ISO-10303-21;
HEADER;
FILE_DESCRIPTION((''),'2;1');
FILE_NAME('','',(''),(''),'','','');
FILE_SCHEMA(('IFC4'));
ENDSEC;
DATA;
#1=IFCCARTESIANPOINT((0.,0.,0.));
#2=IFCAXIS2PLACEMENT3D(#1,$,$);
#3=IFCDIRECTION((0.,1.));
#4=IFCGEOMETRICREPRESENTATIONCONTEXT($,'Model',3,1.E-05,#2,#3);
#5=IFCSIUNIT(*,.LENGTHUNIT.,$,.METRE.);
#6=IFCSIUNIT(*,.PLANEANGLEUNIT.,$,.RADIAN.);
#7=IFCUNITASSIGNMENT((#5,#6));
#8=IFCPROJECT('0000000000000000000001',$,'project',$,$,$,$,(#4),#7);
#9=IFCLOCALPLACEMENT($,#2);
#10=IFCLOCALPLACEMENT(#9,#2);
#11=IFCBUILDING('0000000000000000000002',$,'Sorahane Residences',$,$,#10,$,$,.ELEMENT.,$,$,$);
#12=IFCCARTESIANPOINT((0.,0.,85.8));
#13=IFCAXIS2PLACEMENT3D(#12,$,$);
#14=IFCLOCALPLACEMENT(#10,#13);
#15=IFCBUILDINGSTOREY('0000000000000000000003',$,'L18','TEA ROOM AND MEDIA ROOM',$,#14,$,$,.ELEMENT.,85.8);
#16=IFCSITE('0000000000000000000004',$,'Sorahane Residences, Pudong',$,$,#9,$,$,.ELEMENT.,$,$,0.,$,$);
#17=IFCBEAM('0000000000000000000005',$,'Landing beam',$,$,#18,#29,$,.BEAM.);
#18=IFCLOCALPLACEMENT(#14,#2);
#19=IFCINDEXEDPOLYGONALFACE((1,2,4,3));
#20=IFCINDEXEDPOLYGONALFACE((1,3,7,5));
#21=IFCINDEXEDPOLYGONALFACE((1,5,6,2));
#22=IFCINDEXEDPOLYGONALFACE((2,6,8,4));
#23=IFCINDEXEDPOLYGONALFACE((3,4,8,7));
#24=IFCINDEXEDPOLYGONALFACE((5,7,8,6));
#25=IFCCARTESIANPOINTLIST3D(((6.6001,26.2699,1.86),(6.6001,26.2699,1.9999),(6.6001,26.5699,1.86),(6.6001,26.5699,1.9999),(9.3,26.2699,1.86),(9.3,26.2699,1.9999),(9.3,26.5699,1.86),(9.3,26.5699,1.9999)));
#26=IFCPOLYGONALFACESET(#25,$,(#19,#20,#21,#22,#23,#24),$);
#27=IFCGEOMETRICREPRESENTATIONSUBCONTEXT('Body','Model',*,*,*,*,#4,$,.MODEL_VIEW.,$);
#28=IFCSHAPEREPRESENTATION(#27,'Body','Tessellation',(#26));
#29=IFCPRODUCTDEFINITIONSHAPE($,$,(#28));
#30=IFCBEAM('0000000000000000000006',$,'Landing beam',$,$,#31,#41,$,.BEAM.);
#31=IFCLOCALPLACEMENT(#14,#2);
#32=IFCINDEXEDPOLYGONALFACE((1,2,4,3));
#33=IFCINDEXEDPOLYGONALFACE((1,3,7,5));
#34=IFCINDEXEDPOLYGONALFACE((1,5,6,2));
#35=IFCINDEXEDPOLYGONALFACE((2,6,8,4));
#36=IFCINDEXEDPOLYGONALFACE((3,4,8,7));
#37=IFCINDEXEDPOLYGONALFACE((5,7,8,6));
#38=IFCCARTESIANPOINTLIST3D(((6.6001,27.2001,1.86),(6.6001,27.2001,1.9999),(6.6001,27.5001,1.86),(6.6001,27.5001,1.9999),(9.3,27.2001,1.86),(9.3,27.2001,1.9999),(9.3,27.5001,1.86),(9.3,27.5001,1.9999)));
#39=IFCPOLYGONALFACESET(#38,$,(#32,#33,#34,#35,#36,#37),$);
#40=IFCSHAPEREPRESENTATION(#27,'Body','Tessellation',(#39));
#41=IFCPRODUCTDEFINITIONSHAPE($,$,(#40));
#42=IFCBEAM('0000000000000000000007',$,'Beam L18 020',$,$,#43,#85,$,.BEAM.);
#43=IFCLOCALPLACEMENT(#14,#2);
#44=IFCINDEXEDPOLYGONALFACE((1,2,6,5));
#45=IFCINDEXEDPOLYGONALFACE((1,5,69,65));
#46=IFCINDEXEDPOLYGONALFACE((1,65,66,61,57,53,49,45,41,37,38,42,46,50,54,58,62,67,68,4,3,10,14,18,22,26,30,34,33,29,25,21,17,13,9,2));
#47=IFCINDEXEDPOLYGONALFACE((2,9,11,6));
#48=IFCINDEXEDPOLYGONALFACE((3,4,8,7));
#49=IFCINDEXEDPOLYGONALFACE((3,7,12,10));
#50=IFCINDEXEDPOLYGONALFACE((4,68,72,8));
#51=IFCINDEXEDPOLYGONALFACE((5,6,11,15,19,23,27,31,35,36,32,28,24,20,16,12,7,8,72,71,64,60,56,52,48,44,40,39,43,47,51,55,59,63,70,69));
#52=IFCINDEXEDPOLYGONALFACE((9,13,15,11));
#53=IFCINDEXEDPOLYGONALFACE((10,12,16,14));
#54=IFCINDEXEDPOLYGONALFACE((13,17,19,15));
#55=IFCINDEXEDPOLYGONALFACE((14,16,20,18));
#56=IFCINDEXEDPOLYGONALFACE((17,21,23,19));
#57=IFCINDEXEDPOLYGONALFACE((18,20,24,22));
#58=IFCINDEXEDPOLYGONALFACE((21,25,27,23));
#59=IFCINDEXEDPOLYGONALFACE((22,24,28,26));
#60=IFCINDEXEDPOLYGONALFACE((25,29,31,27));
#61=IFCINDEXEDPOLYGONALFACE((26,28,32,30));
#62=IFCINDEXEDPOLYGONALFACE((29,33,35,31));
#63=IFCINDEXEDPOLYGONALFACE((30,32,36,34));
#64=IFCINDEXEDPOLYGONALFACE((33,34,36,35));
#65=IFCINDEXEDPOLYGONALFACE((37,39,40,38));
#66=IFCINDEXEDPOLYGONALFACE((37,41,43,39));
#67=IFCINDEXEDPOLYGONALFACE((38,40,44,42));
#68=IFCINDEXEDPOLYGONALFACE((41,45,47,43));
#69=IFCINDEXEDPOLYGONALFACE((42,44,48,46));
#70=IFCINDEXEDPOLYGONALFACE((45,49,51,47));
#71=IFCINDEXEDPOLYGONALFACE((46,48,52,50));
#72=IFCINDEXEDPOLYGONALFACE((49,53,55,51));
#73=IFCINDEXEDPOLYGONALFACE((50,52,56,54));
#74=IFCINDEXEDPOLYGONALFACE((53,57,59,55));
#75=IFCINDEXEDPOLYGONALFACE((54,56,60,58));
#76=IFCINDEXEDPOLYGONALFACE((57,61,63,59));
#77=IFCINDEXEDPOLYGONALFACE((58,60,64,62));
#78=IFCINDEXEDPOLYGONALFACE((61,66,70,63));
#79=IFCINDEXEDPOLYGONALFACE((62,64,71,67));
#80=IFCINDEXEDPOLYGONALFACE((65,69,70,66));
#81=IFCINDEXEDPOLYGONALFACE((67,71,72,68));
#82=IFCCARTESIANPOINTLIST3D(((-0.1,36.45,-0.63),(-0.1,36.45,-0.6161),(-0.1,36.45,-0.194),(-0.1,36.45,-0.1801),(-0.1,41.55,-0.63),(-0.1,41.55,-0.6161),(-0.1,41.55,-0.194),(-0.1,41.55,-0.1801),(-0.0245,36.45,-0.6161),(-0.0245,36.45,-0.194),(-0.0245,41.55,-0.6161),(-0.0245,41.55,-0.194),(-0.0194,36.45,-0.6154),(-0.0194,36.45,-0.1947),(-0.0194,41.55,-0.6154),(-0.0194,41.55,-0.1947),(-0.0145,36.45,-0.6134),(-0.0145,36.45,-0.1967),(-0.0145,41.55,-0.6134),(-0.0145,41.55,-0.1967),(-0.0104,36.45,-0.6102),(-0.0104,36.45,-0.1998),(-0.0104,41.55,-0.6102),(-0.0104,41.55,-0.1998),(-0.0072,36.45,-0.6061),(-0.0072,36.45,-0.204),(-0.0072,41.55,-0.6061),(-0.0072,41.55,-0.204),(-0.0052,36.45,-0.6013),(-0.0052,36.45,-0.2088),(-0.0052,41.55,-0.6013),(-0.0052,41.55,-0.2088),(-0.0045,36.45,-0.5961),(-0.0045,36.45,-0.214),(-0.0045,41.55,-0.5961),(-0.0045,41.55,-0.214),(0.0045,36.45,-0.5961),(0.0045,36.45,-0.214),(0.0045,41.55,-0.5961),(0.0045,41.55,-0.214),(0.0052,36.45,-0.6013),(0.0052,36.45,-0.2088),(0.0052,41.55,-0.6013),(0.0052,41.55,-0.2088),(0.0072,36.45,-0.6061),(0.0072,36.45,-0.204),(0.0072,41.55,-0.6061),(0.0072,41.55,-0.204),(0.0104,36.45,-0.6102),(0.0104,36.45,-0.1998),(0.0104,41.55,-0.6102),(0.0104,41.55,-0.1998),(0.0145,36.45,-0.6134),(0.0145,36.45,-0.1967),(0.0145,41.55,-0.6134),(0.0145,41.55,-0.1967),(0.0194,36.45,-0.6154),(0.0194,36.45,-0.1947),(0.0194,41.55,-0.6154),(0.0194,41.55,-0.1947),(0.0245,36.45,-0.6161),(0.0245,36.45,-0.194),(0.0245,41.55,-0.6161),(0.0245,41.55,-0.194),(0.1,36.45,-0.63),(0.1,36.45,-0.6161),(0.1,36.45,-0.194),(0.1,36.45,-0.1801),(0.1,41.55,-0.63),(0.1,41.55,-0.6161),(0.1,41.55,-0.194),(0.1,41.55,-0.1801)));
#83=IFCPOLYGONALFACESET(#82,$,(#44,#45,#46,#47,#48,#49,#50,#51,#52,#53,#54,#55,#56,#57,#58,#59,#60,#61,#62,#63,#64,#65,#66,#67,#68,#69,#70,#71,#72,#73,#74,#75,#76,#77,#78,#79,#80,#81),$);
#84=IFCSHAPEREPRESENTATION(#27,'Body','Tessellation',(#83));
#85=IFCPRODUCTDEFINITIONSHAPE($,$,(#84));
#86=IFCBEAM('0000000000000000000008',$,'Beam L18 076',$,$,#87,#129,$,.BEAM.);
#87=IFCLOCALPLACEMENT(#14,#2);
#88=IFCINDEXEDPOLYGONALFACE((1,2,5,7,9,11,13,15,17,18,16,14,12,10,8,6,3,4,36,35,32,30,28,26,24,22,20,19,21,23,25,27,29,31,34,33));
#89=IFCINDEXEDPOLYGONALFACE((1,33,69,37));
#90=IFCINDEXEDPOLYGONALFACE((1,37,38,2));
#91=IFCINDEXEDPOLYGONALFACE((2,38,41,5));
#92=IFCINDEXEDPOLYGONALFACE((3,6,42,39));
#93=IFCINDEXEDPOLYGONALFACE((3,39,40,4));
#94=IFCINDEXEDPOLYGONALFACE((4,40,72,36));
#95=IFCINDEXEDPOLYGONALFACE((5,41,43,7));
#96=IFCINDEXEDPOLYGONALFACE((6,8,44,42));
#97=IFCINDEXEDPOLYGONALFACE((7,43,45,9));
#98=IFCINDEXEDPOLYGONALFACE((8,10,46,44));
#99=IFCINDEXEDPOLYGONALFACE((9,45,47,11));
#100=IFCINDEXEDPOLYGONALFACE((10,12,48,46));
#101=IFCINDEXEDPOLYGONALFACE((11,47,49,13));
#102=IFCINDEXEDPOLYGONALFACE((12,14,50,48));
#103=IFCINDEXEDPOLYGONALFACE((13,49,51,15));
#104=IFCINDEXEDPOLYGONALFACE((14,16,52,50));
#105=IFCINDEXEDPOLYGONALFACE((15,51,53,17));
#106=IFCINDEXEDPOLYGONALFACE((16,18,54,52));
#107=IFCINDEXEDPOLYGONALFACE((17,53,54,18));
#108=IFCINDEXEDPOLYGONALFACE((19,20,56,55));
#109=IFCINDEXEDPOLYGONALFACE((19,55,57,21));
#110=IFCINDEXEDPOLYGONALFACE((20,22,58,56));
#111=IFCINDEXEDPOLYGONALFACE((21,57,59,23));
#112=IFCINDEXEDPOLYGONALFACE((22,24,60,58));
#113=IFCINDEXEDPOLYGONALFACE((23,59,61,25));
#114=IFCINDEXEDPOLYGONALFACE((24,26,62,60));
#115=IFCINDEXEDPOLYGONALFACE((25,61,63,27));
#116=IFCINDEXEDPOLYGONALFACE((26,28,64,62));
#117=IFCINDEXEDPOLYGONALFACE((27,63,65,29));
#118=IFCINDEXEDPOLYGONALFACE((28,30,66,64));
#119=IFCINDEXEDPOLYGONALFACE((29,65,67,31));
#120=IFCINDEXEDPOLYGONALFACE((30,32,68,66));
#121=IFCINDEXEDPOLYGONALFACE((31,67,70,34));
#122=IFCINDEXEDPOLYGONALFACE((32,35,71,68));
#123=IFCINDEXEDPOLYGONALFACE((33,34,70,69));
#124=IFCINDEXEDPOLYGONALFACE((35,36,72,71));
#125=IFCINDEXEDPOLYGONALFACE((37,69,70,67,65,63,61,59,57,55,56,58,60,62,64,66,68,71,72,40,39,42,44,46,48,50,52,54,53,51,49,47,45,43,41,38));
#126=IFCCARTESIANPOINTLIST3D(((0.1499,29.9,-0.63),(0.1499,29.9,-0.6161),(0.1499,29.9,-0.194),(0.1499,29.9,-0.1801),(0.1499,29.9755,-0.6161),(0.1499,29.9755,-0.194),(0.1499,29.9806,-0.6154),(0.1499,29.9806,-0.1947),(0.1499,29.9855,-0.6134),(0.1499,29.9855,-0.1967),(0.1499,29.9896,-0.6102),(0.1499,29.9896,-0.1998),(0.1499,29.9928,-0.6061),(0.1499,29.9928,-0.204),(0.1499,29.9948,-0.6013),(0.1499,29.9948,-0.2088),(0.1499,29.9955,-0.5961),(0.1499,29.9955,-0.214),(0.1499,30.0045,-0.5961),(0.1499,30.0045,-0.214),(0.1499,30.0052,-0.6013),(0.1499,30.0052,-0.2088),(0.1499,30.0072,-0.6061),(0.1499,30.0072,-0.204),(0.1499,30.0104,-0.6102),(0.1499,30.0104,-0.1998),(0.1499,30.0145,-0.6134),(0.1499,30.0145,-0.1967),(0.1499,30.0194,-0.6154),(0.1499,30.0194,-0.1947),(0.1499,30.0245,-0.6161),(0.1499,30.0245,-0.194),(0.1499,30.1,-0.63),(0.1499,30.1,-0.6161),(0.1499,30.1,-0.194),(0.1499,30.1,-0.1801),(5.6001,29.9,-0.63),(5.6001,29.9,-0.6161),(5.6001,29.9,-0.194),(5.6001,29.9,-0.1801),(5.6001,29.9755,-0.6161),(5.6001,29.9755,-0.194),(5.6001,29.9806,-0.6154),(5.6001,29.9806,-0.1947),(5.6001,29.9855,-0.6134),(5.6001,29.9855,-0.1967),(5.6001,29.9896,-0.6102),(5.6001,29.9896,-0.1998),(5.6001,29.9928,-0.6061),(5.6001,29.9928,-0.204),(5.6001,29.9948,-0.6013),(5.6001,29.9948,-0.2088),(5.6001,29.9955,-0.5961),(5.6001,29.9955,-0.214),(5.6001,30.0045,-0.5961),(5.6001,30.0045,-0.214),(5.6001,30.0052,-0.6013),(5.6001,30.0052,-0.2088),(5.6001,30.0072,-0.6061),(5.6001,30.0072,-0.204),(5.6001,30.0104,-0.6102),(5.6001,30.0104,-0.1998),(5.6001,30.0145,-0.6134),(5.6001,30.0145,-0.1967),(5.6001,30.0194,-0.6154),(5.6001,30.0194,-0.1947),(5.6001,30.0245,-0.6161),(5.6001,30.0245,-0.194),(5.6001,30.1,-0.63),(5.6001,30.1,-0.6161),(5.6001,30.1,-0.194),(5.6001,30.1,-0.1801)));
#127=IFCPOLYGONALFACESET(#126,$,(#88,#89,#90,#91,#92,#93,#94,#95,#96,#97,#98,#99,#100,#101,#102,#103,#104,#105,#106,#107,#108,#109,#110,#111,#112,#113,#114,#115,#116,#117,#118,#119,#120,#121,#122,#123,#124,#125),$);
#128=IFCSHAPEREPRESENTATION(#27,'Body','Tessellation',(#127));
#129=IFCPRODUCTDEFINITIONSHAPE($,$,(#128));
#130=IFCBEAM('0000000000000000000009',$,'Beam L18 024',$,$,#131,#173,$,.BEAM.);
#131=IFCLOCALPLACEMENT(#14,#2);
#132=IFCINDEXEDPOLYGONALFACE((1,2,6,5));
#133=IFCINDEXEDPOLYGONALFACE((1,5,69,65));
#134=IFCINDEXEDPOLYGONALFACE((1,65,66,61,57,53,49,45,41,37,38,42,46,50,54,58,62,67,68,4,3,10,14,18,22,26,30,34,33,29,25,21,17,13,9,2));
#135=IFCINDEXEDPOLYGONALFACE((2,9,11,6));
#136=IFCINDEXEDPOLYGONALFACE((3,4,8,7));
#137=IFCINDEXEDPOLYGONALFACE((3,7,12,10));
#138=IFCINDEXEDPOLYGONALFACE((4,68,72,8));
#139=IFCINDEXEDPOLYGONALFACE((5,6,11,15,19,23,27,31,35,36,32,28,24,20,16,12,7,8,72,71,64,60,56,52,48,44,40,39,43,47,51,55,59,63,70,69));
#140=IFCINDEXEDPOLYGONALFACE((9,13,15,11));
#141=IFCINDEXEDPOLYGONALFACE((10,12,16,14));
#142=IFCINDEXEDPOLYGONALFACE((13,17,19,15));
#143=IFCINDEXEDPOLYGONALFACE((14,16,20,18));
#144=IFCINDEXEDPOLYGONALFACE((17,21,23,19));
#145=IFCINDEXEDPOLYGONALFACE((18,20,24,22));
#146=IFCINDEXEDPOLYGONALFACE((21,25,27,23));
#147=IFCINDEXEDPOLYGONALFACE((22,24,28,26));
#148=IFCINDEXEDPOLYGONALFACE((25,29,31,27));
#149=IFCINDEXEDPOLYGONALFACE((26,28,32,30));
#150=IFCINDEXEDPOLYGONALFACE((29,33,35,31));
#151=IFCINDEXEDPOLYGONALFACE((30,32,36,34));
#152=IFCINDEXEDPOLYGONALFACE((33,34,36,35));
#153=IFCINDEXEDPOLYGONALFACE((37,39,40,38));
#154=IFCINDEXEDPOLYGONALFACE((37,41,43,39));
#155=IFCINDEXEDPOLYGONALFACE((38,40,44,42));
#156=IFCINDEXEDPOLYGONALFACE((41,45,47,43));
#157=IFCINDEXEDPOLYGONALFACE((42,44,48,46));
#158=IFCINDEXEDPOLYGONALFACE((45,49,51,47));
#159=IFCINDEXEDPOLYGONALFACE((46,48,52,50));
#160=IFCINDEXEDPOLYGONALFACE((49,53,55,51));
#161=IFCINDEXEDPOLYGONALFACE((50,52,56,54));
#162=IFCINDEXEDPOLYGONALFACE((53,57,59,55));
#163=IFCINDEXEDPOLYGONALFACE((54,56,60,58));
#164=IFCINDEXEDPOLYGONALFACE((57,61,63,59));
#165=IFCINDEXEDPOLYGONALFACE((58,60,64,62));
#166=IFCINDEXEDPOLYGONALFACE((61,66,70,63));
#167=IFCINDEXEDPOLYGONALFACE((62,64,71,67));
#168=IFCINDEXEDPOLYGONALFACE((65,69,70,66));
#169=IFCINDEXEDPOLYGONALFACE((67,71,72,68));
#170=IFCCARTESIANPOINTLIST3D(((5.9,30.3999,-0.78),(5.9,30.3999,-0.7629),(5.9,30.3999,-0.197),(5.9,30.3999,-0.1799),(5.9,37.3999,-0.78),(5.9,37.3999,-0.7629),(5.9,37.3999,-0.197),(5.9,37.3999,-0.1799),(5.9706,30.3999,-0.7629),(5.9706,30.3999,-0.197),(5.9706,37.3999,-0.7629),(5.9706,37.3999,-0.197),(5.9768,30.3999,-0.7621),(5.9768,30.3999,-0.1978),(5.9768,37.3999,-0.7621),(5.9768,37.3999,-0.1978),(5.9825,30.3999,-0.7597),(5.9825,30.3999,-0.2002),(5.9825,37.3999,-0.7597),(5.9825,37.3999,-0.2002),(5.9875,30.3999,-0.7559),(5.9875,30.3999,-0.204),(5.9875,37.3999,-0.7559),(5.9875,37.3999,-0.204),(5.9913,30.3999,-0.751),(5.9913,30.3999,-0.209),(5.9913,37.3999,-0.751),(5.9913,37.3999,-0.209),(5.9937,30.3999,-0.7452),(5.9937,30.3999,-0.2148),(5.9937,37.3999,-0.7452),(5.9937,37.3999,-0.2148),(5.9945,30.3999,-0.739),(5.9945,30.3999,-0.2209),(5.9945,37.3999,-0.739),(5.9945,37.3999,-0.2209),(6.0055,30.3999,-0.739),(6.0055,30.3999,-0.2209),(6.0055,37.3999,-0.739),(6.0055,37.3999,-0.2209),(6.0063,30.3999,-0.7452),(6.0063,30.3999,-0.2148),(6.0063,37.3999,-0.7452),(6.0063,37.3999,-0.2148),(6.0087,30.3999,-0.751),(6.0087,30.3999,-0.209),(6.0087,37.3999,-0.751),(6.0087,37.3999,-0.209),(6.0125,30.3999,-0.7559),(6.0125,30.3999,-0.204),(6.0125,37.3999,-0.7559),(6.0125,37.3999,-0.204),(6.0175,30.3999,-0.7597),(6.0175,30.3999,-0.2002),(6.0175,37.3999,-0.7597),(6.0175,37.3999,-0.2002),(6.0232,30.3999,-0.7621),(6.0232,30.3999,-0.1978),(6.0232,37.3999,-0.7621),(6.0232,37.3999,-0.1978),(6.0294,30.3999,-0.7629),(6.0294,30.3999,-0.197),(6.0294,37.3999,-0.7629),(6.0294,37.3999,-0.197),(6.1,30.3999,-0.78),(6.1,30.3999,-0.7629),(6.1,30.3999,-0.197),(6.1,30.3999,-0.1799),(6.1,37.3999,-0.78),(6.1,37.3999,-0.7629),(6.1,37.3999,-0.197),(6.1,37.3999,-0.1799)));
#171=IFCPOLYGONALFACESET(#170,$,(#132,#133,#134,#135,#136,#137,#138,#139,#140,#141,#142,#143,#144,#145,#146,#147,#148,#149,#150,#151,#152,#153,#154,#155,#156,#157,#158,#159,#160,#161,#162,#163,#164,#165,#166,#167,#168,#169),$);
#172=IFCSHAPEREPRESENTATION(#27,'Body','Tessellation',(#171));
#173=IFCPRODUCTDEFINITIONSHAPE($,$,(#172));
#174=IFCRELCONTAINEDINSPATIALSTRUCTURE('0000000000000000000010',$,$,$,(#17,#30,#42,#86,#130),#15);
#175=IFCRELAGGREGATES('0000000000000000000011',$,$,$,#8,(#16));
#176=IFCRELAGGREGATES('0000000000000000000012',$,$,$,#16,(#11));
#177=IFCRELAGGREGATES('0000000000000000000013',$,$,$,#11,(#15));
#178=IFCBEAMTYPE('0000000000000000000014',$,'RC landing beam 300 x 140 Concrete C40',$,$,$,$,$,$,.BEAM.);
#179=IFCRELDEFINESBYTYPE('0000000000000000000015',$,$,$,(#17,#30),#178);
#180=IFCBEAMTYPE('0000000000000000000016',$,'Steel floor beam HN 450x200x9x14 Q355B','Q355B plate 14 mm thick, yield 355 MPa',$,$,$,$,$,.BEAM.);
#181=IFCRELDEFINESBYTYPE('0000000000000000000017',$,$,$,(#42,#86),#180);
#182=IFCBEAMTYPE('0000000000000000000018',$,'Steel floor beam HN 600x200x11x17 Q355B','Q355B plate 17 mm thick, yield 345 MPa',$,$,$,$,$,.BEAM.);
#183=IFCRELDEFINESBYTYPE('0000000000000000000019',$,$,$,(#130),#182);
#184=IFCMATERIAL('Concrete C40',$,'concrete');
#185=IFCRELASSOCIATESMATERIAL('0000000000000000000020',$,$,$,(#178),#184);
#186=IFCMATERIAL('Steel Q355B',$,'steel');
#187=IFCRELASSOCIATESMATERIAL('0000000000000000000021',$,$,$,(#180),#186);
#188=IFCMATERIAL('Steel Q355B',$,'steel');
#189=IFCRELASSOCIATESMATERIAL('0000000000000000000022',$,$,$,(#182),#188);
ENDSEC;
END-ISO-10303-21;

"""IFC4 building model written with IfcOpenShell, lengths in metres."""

from ifc_helpers import new_model, si_unit, direction, frame, origin, origin_2d, place, context, subcontext, project, spatial, rectangle, i_section, extrude, material, material_profile, profile_set, type_object, element, save


model = new_model("IFC4")

# Units and contexts
model_context = context("Model", 3, precision=1e-05, world=origin(), true_north=direction((0.0, 1.0)))
body_context = subcontext(model_context, "Body", "Model", "MODEL_VIEW")
ifc_project = project(units=[si_unit("LENGTHUNIT", "METRE"), si_unit("PLANEANGLEUNIT", "RADIAN")], contexts=[model_context])

# Site, building, storey
site_placement = place(None, origin())
site = spatial("IfcSite", under=ifc_project, at=site_placement, Name="Sorahane Residences, Pudong", CompositionType="ELEMENT", RefElevation=0.0)
building_placement = place(site_placement, origin())
building = spatial("IfcBuilding", under=site, at=building_placement, Name="Sorahane Residences", CompositionType="ELEMENT")
storey_placement = place(building_placement, frame((0.0, 0.0, 85.8)))
storey = spatial("IfcBuildingStorey", under=building, at=storey_placement, Name="L18", Description="TEA ROOM AND MEDIA ROOM", CompositionType="ELEMENT", Elevation=85.8)

# Beams
ifc_material_1 = material(Name="Concrete C40", Category="concrete")
ifc_material_profile_1 = material_profile(ifc_material_1, rectangle(XDim=0.3, YDim=0.1399, at=origin_2d()), Name="300x140")
ifc_profile_set_1 = profile_set([ifc_material_profile_1], Name="Concrete C40")
beam_type_1 = type_object("IfcBeamType", Name="RC landing beam 300 x 140 Concrete C40", PredefinedType="BEAM", material=ifc_profile_set_1)
for number, where, z_axis, x_axis, name in (
    (1, (6.6001, 26.4199, 1.9299), (1.0, 0.0, 0.0), (0.0, 1.0, 0.0), "Landing beam"),
    (2, (6.6001, 27.3501, 1.9299), (1.0, 0.0, 0.0), (0.0, 1.0, 0.0), "Landing beam"),
):
    element("IfcBeam", number, at=place(storey_placement, frame(where, z_axis=z_axis, x_axis=x_axis)), inside=storey, type_object=beam_type_1, Name=name, PredefinedType="BEAM", context=body_context, shape_type="SweptSolid", body=[
        extrude(rectangle(XDim=0.3, YDim=0.1399, at=origin_2d()), origin(), (0.0, 0.0, 1.0), 2.7),
    ])
ifc_material_2 = material(Name="Steel Q355B", Category="steel")
ifc_material_profile_2 = material_profile(ifc_material_2, i_section(OverallWidth=0.2, OverallDepth=0.45, WebThickness=0.009, FlangeThickness=0.0139, FilletRadius=0.02, at=origin_2d()), Name="HN 450x200x9x14")
ifc_profile_set_2 = profile_set([ifc_material_profile_2], Name="Steel Q355B")
beam_type_2 = type_object("IfcBeamType", Name="Steel floor beam HN 450x200x9x14 Q355B", Description="Q355B plate 14 mm thick, yield 355 MPa", PredefinedType="BEAM", material=ifc_profile_set_2)
beam_1_placement = place(storey_placement, frame((0.0, 36.45, -0.405), z_axis=(0.0, 1.0, 0.0), x_axis=(-1.0, 0.0, 0.0)))
element("IfcBeam", 3, at=beam_1_placement, inside=storey, type_object=beam_type_2, Name="Beam L18 020", PredefinedType="BEAM", context=body_context, shape_type="SweptSolid", body=[
    extrude(i_section(OverallWidth=0.2, OverallDepth=0.45, WebThickness=0.009, FlangeThickness=0.0139, FilletRadius=0.02, at=origin_2d()), origin(), (0.0, 0.0, 1.0), 5.1001),
])
beam_2_placement = place(storey_placement, frame((0.1499, 30.0, -0.405), z_axis=(1.0, 0.0, 0.0), x_axis=(0.0, 1.0, 0.0)))
element("IfcBeam", 4, at=beam_2_placement, inside=storey, type_object=beam_type_2, Name="Beam L18 076", PredefinedType="BEAM", context=body_context, shape_type="SweptSolid", body=[
    extrude(i_section(OverallWidth=0.2, OverallDepth=0.45, WebThickness=0.009, FlangeThickness=0.0139, FilletRadius=0.02, at=origin_2d()), origin(), (0.0, 0.0, 1.0), 5.4502),
])
ifc_material_3 = material(Name="Steel Q355B", Category="steel")
ifc_material_profile_3 = material_profile(ifc_material_3, i_section(OverallWidth=0.2, OverallDepth=0.6001, WebThickness=0.011, FlangeThickness=0.0171, FilletRadius=0.0239, at=origin_2d()), Name="HN 600x200x11x17")
ifc_profile_set_3 = profile_set([ifc_material_profile_3], Name="Steel Q355B")
beam_type_3 = type_object("IfcBeamType", Name="Steel floor beam HN 600x200x11x17 Q355B", Description="Q355B plate 17 mm thick, yield 345 MPa", PredefinedType="BEAM", material=ifc_profile_set_3)
for number, where, z_axis, x_axis, name in (
    (5, (6.0, 30.3999, -0.48), (0.0, 1.0, 0.0), (-1.0, 0.0, 0.0), "Beam L18 024"),
):
    element("IfcBeam", number, at=place(storey_placement, frame(where, z_axis=z_axis, x_axis=x_axis)), inside=storey, type_object=beam_type_3, Name=name, PredefinedType="BEAM", context=body_context, shape_type="SweptSolid", body=[
        extrude(i_section(OverallWidth=0.2, OverallDepth=0.6001, WebThickness=0.011, FlangeThickness=0.0171, FilletRadius=0.0239, at=origin_2d()), origin(), (0.0, 0.0, 1.0), 7.0),
    ])

save(model, "model.ifc")
